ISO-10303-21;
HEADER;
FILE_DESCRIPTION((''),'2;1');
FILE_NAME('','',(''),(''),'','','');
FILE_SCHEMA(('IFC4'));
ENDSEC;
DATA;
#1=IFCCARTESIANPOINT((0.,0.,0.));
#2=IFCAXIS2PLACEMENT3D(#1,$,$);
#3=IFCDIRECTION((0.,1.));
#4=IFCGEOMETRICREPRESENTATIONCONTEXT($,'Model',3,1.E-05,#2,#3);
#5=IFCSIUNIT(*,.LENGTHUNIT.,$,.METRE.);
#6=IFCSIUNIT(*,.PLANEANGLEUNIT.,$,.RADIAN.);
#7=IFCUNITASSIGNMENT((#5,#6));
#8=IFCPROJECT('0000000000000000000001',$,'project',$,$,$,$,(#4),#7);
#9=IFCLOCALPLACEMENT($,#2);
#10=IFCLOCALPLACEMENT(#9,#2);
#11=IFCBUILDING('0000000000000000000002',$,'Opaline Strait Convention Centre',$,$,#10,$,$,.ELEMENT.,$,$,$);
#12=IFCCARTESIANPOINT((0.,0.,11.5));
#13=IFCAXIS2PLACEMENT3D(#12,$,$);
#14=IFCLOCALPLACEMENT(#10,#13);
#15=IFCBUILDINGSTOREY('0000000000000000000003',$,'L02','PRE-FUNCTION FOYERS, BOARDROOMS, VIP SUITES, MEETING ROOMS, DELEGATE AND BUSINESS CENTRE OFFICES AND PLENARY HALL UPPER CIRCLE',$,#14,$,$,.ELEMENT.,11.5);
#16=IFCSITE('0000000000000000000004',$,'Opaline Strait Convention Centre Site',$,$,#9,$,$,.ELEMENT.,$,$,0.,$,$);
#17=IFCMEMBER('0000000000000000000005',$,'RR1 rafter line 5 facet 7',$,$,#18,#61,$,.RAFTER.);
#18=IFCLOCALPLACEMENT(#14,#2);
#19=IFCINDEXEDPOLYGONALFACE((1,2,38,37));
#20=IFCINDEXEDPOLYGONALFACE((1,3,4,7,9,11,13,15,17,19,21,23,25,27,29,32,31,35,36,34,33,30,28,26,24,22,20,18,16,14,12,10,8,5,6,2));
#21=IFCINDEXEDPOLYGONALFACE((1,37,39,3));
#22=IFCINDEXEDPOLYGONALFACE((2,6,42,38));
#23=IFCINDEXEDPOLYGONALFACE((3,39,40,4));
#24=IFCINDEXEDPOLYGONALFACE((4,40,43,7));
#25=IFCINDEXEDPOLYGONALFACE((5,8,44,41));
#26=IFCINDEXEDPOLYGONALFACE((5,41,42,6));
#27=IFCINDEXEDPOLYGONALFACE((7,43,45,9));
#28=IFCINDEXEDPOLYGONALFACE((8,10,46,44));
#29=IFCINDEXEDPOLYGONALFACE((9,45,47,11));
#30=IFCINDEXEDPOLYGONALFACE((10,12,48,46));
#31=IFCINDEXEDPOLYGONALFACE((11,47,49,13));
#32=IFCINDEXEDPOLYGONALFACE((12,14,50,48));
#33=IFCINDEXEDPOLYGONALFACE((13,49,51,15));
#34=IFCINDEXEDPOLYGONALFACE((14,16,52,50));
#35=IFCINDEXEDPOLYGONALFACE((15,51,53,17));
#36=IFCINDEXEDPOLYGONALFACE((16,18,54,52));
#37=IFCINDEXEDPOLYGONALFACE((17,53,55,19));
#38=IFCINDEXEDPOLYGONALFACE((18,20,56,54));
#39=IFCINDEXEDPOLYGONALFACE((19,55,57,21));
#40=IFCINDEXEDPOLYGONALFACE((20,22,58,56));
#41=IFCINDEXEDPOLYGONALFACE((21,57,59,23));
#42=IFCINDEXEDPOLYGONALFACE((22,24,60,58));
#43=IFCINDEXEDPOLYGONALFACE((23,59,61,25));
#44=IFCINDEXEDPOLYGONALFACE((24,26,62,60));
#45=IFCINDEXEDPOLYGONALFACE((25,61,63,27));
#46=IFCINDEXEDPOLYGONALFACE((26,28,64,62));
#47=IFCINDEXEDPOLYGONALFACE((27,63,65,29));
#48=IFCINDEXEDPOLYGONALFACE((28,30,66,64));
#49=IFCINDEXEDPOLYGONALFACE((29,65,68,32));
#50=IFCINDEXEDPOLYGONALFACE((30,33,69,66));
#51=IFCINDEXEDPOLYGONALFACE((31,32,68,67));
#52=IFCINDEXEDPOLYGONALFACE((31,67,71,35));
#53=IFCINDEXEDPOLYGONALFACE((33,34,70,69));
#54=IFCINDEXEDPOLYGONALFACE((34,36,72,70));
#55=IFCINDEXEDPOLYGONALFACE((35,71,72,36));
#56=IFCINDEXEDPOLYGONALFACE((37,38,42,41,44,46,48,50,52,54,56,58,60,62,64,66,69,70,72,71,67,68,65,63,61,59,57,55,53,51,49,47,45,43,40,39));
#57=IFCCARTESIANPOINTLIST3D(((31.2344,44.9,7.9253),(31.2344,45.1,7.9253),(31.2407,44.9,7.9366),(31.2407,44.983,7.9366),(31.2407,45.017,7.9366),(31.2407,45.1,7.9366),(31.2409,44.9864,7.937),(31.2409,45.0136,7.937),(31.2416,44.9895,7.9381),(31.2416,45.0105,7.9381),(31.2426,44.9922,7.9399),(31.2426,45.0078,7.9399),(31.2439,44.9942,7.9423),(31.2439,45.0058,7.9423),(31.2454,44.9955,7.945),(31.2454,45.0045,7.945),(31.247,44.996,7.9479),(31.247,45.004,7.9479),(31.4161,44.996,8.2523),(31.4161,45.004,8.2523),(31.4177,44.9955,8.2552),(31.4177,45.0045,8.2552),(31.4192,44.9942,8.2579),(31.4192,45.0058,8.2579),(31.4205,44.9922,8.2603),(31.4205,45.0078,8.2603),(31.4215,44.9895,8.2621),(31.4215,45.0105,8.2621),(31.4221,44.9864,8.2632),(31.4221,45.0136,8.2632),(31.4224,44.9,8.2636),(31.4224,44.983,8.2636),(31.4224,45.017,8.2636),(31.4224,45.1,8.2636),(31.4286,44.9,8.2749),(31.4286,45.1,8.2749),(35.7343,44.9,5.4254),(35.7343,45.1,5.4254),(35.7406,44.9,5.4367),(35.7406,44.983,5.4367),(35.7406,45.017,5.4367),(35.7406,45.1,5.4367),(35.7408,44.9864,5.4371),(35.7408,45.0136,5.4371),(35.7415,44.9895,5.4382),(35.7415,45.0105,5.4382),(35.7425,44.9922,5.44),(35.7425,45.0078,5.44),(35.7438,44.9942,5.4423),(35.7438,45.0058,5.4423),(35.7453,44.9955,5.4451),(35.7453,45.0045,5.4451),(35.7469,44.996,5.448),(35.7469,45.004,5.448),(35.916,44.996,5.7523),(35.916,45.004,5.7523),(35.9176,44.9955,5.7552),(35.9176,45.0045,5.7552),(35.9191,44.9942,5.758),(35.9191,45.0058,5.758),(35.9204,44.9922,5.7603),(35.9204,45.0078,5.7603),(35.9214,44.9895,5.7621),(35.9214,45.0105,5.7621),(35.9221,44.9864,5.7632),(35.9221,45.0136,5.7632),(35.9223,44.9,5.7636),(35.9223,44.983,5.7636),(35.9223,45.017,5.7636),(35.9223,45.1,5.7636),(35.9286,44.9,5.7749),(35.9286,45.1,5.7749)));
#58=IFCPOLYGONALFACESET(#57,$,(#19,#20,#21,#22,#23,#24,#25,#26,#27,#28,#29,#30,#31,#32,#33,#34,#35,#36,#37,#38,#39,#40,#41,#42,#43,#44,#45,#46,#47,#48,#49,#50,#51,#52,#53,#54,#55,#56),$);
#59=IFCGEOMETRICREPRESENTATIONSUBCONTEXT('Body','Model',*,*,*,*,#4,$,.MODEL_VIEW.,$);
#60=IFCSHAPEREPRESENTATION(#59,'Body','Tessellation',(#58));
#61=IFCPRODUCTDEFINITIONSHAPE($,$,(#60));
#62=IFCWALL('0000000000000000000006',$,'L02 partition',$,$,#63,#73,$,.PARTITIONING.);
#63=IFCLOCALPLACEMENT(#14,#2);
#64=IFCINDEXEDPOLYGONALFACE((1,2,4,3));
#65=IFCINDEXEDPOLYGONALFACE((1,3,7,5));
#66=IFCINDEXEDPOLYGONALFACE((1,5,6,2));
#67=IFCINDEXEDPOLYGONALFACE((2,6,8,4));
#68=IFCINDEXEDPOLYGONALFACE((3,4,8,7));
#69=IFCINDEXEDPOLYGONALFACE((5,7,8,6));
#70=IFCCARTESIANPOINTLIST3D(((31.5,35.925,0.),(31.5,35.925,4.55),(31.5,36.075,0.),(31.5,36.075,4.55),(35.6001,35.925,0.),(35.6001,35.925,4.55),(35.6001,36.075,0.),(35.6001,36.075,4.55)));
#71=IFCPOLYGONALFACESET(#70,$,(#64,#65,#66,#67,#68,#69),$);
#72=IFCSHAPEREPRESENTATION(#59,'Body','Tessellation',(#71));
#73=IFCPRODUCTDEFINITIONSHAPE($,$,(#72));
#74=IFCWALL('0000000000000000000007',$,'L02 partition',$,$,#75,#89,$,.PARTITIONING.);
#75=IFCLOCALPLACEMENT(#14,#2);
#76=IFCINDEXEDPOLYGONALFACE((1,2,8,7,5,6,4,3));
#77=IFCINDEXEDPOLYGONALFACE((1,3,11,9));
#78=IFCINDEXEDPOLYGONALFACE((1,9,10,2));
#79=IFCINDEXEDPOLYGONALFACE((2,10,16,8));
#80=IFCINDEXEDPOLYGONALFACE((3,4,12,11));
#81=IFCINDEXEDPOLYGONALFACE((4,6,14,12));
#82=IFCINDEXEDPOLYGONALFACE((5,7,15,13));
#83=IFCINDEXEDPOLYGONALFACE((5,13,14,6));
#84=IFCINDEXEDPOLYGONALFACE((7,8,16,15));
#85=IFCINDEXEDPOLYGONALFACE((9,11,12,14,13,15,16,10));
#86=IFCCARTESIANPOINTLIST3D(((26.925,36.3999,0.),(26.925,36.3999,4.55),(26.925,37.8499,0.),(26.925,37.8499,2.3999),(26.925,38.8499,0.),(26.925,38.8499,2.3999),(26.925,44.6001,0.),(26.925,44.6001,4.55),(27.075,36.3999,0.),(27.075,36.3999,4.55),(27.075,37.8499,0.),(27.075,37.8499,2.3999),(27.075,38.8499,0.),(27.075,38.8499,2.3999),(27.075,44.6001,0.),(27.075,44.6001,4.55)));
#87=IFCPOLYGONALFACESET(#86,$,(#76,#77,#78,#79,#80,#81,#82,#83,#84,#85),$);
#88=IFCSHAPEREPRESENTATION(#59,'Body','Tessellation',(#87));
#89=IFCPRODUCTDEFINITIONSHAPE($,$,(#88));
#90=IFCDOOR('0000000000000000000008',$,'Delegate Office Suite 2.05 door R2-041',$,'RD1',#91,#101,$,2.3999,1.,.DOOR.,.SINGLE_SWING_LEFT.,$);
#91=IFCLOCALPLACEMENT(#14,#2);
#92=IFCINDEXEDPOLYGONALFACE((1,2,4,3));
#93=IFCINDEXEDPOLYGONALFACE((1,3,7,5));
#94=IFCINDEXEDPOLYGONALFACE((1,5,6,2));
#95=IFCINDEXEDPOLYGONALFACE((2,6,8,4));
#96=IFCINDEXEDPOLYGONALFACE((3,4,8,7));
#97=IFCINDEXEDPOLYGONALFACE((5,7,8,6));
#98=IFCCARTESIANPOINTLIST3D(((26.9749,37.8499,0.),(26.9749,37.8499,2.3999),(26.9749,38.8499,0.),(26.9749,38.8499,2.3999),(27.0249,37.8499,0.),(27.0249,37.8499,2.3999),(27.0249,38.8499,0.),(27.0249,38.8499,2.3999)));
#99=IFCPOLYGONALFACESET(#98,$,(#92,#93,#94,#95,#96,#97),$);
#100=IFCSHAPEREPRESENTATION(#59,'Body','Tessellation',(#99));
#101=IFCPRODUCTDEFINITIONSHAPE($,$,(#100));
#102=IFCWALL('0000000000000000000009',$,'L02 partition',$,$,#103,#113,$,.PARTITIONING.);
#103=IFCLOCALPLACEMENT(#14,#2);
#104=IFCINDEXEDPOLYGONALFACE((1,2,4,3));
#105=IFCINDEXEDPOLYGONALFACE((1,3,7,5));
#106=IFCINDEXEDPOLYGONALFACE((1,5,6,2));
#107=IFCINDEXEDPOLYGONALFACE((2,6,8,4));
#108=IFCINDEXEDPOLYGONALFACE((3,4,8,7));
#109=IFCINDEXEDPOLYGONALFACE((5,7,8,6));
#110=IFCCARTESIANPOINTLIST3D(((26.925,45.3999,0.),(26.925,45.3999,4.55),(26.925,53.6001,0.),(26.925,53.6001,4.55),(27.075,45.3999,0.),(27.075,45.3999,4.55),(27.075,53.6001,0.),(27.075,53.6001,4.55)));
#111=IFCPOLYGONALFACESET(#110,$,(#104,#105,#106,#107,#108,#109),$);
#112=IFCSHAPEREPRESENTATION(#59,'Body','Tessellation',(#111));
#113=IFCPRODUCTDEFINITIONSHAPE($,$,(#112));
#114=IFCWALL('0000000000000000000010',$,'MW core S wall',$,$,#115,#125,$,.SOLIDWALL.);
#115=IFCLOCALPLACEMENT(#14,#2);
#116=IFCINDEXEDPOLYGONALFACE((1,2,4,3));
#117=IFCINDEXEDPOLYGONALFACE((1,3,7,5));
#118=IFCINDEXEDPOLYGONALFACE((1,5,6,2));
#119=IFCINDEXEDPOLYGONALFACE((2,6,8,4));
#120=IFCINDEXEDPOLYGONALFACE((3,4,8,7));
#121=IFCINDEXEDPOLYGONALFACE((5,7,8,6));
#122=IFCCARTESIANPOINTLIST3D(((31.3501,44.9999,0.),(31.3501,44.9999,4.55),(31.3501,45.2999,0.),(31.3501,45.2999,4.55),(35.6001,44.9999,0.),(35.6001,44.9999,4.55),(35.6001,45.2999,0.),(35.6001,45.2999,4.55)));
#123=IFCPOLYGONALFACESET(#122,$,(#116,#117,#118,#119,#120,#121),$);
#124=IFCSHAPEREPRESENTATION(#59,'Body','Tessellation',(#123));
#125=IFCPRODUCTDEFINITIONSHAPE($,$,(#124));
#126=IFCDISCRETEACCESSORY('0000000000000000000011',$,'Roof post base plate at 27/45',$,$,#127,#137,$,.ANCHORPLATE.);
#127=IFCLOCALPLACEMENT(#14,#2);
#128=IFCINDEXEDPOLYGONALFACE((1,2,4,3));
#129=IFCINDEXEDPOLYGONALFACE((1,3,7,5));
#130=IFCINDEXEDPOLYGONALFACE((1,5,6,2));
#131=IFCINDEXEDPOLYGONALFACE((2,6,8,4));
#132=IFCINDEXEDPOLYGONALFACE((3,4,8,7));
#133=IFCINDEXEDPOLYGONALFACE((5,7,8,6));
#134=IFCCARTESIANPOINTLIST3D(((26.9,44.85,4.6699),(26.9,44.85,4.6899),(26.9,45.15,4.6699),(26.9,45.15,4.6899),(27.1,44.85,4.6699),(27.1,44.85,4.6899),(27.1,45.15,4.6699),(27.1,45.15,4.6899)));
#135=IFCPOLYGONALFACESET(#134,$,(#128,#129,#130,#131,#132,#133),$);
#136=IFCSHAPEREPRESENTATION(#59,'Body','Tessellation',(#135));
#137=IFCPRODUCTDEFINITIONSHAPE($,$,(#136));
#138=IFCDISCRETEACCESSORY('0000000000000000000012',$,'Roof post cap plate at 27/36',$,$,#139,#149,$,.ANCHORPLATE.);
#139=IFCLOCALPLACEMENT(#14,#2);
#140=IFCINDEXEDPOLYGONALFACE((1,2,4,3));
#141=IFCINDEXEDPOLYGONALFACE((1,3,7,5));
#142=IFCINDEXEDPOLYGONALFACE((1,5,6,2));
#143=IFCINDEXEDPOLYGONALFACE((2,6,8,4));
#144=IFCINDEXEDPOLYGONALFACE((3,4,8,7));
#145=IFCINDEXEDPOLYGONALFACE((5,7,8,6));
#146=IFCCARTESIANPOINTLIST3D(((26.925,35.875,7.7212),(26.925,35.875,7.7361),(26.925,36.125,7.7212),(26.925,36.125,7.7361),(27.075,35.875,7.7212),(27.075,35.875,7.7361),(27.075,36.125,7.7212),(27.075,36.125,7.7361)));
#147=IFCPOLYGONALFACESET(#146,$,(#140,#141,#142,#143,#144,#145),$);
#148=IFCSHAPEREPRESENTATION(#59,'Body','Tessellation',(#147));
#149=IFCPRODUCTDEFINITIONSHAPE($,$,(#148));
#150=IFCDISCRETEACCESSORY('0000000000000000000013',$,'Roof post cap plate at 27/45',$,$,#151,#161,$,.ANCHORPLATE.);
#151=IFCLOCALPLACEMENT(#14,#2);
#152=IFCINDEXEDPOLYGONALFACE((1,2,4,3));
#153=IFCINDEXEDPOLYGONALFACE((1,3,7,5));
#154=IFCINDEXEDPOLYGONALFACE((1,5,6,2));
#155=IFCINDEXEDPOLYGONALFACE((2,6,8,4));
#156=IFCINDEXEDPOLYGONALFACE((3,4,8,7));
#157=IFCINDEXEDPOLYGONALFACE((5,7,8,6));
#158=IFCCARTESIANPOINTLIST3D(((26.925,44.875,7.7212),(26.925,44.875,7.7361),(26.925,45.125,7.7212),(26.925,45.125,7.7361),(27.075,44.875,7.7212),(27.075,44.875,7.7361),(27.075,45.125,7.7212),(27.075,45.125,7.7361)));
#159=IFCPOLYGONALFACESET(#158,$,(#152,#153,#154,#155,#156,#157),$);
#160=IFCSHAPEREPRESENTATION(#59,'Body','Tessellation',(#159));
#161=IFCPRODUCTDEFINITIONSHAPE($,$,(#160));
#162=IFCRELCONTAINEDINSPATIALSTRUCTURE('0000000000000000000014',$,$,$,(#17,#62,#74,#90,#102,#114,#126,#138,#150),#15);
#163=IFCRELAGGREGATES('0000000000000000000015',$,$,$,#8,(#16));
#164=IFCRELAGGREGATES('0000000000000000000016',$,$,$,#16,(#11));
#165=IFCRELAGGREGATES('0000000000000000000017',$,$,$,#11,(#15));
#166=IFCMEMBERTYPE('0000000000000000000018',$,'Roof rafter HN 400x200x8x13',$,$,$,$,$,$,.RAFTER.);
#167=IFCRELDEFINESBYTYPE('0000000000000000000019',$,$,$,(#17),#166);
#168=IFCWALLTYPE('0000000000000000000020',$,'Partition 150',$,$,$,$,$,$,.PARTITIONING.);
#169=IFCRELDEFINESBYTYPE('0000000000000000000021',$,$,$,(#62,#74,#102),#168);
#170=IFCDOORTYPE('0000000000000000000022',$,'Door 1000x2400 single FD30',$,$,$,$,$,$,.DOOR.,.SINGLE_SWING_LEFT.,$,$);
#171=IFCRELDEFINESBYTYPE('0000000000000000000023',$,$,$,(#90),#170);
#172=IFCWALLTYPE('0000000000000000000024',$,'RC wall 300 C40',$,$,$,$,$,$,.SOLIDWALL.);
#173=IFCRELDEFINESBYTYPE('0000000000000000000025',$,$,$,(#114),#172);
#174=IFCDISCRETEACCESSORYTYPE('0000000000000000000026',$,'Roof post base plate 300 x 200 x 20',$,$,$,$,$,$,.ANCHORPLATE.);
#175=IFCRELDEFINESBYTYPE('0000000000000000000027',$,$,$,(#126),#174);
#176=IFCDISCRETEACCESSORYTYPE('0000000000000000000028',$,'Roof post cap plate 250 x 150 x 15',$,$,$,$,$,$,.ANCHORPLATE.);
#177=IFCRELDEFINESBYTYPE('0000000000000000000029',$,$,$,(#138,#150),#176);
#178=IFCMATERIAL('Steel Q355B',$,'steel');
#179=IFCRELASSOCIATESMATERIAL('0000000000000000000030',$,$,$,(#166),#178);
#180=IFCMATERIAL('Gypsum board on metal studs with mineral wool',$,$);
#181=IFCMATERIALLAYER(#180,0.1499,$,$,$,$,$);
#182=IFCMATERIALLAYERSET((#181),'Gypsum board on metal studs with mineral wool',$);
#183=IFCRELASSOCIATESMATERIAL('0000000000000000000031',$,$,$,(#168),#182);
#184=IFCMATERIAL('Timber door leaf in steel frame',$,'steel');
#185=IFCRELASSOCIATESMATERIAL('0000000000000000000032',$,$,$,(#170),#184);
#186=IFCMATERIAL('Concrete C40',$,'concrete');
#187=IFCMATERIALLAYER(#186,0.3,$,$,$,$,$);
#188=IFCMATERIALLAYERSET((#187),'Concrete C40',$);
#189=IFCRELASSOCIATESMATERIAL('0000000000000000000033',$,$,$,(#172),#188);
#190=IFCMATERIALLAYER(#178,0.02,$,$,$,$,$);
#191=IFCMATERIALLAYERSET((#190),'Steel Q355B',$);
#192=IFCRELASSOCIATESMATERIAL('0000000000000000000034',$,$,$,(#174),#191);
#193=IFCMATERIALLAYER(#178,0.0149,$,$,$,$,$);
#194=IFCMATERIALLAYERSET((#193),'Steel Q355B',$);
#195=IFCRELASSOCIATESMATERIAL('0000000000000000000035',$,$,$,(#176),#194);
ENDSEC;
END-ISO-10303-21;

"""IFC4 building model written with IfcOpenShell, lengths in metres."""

from ifc_helpers import new_model, si_unit, direction, frame, frame_2d, origin, origin_2d, place, context, subcontext, project, spatial, rectangle, i_section, extrude, material, layer, layer_set, material_profile, profile_set, type_object, element, fill, save


model = new_model("IFC4")

# Units and contexts
model_context = context("Model", 3, precision=1e-05, world=origin(), true_north=direction((0.0, 1.0)))
body_context = subcontext(model_context, "Body", "Model", "MODEL_VIEW")
ifc_project = project(units=[si_unit("LENGTHUNIT", "METRE"), si_unit("PLANEANGLEUNIT", "RADIAN")], contexts=[model_context])

# Site, building, storey
site_placement = place(None, origin())
site = spatial("IfcSite", under=ifc_project, at=site_placement, Name="Opaline Strait Convention Centre Site", CompositionType="ELEMENT", RefElevation=0.0)
building_placement = place(site_placement, origin())
building = spatial("IfcBuilding", under=site, at=building_placement, Name="Opaline Strait Convention Centre", CompositionType="ELEMENT")
storey_placement = place(building_placement, frame((0.0, 0.0, 11.5)))
storey = spatial("IfcBuildingStorey", under=building, at=storey_placement, Name="L02", Description="PRE-FUNCTION FOYERS, BOARDROOMS, VIP SUITES, MEETING ROOMS, DELEGATE AND BUSINESS CENTRE OFFICES AND PLENARY HALL UPPER CIRCLE", CompositionType="ELEMENT", Elevation=11.5)

# Shared definitions
ifc_material_1 = material(Name="Concrete C40", Category="concrete")

# Shared definitions
ifc_material_2 = material(Name="Steel Q355B", Category="steel")

# Member
ifc_material_profile_1 = material_profile(ifc_material_2, i_section(OverallWidth=0.2, OverallDepth=0.3999, WebThickness=0.0081, FlangeThickness=0.0129, FilletRadius=0.0129, at=origin_2d()), Name="HN 400x200x8x13")
ifc_profile_set_1 = profile_set([ifc_material_profile_1], Name="Steel Q355B")
member_type_1 = type_object("IfcMemberType", Name="Roof rafter HN 400x200x8x13", PredefinedType="RAFTER", material=ifc_profile_set_1)
member_1_placement = place(storey_placement, frame((31.3315, 45.0, 8.1001), z_axis=(0.874157, 0.0, -0.485643), x_axis=(0.0, 1.0, 0.0)))
element("IfcMember", 1, at=member_1_placement, inside=storey, type_object=member_type_1, Name="RR1 rafter line 5 facet 7", PredefinedType="RAFTER", context=body_context, shape_type="SweptSolid", body=[
    extrude(i_section(OverallWidth=0.2, OverallDepth=0.3999, WebThickness=0.0081, FlangeThickness=0.0129, FilletRadius=0.0129, at=origin_2d()), origin(), (0.0, 0.0, 1.0), 5.1477),
])

# Wall
ifc_material_3 = material(Name="Gypsum board on metal studs with mineral wool")
ifc_layer_1 = layer(ifc_material_3, 0.1499)
ifc_layer_set_1 = layer_set([ifc_layer_1], Name="Gypsum board on metal studs with mineral wool")
wall_type_1 = type_object("IfcWallType", Name="Partition 150", PredefinedType="PARTITIONING", material=ifc_layer_set_1)
wall_1_placement = place(storey_placement, frame((31.5, 36.0, 0.0), z_axis=(0.0, 0.0, 1.0), x_axis=(1.0, 0.0, 0.0)))
element("IfcWall", 2, at=wall_1_placement, inside=storey, type_object=wall_type_1, Name="L02 partition", PredefinedType="PARTITIONING", context=body_context, shape_type="SweptSolid", body=[
    extrude(rectangle(XDim=4.1001, YDim=0.1499, at=frame_2d((2.05, 0.0))), origin(), (0.0, 0.0, 1.0), 4.55),
])

# Wall, opening, door
wall_2_placement = place(storey_placement, frame((27.0, 36.3999, 0.0), z_axis=(0.0, 0.0, 1.0), x_axis=(0.0, 1.0, 0.0)))
wall_2 = element("IfcWall", 3, at=wall_2_placement, inside=storey, type_object=wall_type_1, Name="L02 partition", PredefinedType="PARTITIONING", context=body_context, shape_type="SweptSolid", body=[
    extrude(rectangle(XDim=8.2002, YDim=0.1499, at=frame_2d((4.1001, 0.0))), origin(), (0.0, 0.0, 1.0), 4.55),
])
opening_1_placement = place(wall_2_placement, frame((1.45, 0.0, 0.0)))
opening_1 = element("IfcOpeningElement", 4, at=opening_1_placement, cuts=wall_2, PredefinedType="OPENING", context=body_context, shape_type="SweptSolid", body=[
    extrude(rectangle(XDim=1.0, YDim=2.3999, at=frame_2d((0.5, 1.2))), frame((0.0, 0.085, 0.0), z_axis=(0.0, -1.0, 0.0), x_axis=(1.0, 0.0, 0.0)), (0.0, 0.0, 1.0), 0.1699),
])
ifc_material_4 = material(Name="Timber door leaf in steel frame", Category="steel")
door_type_1 = type_object("IfcDoorType", Name="Door 1000x2400 single FD30", OperationType="SINGLE_SWING_LEFT", PredefinedType="DOOR", material=ifc_material_4)
door_1_placement = place(opening_1_placement, frame((1.0, 0.0, 0.0), z_axis=(0.0, 0.0, 1.0), x_axis=(-1.0, 0.0, 0.0)))
door_1 = element("IfcDoor", 5, at=door_1_placement, inside=storey, type_object=door_type_1, Name="Delegate Office Suite 2.05 door R2-041", ObjectType="RD1", OperationType="SINGLE_SWING_LEFT", OverallHeight=2.3999, OverallWidth=1.0, PredefinedType="DOOR", context=body_context, shape_type="SweptSolid", body=[
    extrude(rectangle(XDim=1.0, YDim=2.3999, at=frame_2d((0.5, 1.2))), frame((0.0, 0.0249, 0.0), z_axis=(0.0, -1.0, 0.0), x_axis=(1.0, 0.0, 0.0)), (0.0, 0.0, 1.0), 0.05),
])
fill(opening_1, door_1)

# Wall
wall_3_placement = place(storey_placement, frame((27.0, 45.3999, 0.0), z_axis=(0.0, 0.0, 1.0), x_axis=(0.0, 1.0, 0.0)))
element("IfcWall", 6, at=wall_3_placement, inside=storey, type_object=wall_type_1, Name="L02 partition", PredefinedType="PARTITIONING", context=body_context, shape_type="SweptSolid", body=[
    extrude(rectangle(XDim=8.2002, YDim=0.1499, at=frame_2d((4.1001, 0.0))), origin(), (0.0, 0.0, 1.0), 4.55),
])

# Shared definitions
ifc_layer_2 = layer(ifc_material_1, 0.3)
ifc_layer_set_2 = layer_set([ifc_layer_2], Name="Concrete C40")
wall_type_2 = type_object("IfcWallType", Name="RC wall 300 C40", PredefinedType="SOLIDWALL", material=ifc_layer_set_2)

# Wall
wall_4_placement = place(storey_placement, frame((31.3501, 45.1499, 0.0), z_axis=(0.0, 0.0, 1.0), x_axis=(1.0, 0.0, 0.0)))
element("IfcWall", 7, at=wall_4_placement, inside=storey, type_object=wall_type_2, Name="MW core S wall", PredefinedType="SOLIDWALL", context=body_context, shape_type="SweptSolid", body=[
    extrude(rectangle(XDim=4.25, YDim=0.3, at=frame_2d((2.125, 0.0))), origin(), (0.0, 0.0, 1.0), 4.55),
])

# Discrete accessories
ifc_layer_3 = layer(ifc_material_2, 0.02)
ifc_layer_set_3 = layer_set([ifc_layer_3], Name="Steel Q355B")
discrete_accessory_type_1 = type_object("IfcDiscreteAccessoryType", Name="Roof post base plate 300 x 200 x 20", PredefinedType="ANCHORPLATE", material=ifc_layer_set_3)
discrete_accessory_placement = place(storey_placement, frame((27.0, 45.0, 4.6699), z_axis=(0.0, 0.0, 1.0), x_axis=(1.0, 0.0, 0.0)))
element("IfcDiscreteAccessory", 8, at=discrete_accessory_placement, inside=storey, type_object=discrete_accessory_type_1, Name="Roof post base plate at 27/45", PredefinedType="ANCHORPLATE", context=body_context, shape_type="SweptSolid", body=[
    extrude(rectangle(XDim=0.2, YDim=0.3, at=origin_2d()), origin(), (0.0, 0.0, 1.0), 0.02),
])
ifc_layer_4 = layer(ifc_material_2, 0.0149)
ifc_layer_set_4 = layer_set([ifc_layer_4], Name="Steel Q355B")
discrete_accessory_type_2 = type_object("IfcDiscreteAccessoryType", Name="Roof post cap plate 250 x 150 x 15", PredefinedType="ANCHORPLATE", material=ifc_layer_set_4)
for number, where, z_axis, x_axis, name in (
    (9, (27.0, 36.0, 7.7212), (0.0, 0.0, 1.0), (1.0, 0.0, 0.0), "Roof post cap plate at 27/36"),
    (10, (27.0, 45.0, 7.7212), (0.0, 0.0, 1.0), (1.0, 0.0, 0.0), "Roof post cap plate at 27/45"),
):
    element("IfcDiscreteAccessory", number, at=place(storey_placement, frame(where, z_axis=z_axis, x_axis=x_axis)), inside=storey, type_object=discrete_accessory_type_2, Name=name, PredefinedType="ANCHORPLATE", context=body_context, shape_type="SweptSolid", body=[
        extrude(rectangle(XDim=0.1499, YDim=0.25, at=origin_2d()), origin(), (0.0, 0.0, 1.0), 0.0149),
    ])

save(model, "model.ifc")
